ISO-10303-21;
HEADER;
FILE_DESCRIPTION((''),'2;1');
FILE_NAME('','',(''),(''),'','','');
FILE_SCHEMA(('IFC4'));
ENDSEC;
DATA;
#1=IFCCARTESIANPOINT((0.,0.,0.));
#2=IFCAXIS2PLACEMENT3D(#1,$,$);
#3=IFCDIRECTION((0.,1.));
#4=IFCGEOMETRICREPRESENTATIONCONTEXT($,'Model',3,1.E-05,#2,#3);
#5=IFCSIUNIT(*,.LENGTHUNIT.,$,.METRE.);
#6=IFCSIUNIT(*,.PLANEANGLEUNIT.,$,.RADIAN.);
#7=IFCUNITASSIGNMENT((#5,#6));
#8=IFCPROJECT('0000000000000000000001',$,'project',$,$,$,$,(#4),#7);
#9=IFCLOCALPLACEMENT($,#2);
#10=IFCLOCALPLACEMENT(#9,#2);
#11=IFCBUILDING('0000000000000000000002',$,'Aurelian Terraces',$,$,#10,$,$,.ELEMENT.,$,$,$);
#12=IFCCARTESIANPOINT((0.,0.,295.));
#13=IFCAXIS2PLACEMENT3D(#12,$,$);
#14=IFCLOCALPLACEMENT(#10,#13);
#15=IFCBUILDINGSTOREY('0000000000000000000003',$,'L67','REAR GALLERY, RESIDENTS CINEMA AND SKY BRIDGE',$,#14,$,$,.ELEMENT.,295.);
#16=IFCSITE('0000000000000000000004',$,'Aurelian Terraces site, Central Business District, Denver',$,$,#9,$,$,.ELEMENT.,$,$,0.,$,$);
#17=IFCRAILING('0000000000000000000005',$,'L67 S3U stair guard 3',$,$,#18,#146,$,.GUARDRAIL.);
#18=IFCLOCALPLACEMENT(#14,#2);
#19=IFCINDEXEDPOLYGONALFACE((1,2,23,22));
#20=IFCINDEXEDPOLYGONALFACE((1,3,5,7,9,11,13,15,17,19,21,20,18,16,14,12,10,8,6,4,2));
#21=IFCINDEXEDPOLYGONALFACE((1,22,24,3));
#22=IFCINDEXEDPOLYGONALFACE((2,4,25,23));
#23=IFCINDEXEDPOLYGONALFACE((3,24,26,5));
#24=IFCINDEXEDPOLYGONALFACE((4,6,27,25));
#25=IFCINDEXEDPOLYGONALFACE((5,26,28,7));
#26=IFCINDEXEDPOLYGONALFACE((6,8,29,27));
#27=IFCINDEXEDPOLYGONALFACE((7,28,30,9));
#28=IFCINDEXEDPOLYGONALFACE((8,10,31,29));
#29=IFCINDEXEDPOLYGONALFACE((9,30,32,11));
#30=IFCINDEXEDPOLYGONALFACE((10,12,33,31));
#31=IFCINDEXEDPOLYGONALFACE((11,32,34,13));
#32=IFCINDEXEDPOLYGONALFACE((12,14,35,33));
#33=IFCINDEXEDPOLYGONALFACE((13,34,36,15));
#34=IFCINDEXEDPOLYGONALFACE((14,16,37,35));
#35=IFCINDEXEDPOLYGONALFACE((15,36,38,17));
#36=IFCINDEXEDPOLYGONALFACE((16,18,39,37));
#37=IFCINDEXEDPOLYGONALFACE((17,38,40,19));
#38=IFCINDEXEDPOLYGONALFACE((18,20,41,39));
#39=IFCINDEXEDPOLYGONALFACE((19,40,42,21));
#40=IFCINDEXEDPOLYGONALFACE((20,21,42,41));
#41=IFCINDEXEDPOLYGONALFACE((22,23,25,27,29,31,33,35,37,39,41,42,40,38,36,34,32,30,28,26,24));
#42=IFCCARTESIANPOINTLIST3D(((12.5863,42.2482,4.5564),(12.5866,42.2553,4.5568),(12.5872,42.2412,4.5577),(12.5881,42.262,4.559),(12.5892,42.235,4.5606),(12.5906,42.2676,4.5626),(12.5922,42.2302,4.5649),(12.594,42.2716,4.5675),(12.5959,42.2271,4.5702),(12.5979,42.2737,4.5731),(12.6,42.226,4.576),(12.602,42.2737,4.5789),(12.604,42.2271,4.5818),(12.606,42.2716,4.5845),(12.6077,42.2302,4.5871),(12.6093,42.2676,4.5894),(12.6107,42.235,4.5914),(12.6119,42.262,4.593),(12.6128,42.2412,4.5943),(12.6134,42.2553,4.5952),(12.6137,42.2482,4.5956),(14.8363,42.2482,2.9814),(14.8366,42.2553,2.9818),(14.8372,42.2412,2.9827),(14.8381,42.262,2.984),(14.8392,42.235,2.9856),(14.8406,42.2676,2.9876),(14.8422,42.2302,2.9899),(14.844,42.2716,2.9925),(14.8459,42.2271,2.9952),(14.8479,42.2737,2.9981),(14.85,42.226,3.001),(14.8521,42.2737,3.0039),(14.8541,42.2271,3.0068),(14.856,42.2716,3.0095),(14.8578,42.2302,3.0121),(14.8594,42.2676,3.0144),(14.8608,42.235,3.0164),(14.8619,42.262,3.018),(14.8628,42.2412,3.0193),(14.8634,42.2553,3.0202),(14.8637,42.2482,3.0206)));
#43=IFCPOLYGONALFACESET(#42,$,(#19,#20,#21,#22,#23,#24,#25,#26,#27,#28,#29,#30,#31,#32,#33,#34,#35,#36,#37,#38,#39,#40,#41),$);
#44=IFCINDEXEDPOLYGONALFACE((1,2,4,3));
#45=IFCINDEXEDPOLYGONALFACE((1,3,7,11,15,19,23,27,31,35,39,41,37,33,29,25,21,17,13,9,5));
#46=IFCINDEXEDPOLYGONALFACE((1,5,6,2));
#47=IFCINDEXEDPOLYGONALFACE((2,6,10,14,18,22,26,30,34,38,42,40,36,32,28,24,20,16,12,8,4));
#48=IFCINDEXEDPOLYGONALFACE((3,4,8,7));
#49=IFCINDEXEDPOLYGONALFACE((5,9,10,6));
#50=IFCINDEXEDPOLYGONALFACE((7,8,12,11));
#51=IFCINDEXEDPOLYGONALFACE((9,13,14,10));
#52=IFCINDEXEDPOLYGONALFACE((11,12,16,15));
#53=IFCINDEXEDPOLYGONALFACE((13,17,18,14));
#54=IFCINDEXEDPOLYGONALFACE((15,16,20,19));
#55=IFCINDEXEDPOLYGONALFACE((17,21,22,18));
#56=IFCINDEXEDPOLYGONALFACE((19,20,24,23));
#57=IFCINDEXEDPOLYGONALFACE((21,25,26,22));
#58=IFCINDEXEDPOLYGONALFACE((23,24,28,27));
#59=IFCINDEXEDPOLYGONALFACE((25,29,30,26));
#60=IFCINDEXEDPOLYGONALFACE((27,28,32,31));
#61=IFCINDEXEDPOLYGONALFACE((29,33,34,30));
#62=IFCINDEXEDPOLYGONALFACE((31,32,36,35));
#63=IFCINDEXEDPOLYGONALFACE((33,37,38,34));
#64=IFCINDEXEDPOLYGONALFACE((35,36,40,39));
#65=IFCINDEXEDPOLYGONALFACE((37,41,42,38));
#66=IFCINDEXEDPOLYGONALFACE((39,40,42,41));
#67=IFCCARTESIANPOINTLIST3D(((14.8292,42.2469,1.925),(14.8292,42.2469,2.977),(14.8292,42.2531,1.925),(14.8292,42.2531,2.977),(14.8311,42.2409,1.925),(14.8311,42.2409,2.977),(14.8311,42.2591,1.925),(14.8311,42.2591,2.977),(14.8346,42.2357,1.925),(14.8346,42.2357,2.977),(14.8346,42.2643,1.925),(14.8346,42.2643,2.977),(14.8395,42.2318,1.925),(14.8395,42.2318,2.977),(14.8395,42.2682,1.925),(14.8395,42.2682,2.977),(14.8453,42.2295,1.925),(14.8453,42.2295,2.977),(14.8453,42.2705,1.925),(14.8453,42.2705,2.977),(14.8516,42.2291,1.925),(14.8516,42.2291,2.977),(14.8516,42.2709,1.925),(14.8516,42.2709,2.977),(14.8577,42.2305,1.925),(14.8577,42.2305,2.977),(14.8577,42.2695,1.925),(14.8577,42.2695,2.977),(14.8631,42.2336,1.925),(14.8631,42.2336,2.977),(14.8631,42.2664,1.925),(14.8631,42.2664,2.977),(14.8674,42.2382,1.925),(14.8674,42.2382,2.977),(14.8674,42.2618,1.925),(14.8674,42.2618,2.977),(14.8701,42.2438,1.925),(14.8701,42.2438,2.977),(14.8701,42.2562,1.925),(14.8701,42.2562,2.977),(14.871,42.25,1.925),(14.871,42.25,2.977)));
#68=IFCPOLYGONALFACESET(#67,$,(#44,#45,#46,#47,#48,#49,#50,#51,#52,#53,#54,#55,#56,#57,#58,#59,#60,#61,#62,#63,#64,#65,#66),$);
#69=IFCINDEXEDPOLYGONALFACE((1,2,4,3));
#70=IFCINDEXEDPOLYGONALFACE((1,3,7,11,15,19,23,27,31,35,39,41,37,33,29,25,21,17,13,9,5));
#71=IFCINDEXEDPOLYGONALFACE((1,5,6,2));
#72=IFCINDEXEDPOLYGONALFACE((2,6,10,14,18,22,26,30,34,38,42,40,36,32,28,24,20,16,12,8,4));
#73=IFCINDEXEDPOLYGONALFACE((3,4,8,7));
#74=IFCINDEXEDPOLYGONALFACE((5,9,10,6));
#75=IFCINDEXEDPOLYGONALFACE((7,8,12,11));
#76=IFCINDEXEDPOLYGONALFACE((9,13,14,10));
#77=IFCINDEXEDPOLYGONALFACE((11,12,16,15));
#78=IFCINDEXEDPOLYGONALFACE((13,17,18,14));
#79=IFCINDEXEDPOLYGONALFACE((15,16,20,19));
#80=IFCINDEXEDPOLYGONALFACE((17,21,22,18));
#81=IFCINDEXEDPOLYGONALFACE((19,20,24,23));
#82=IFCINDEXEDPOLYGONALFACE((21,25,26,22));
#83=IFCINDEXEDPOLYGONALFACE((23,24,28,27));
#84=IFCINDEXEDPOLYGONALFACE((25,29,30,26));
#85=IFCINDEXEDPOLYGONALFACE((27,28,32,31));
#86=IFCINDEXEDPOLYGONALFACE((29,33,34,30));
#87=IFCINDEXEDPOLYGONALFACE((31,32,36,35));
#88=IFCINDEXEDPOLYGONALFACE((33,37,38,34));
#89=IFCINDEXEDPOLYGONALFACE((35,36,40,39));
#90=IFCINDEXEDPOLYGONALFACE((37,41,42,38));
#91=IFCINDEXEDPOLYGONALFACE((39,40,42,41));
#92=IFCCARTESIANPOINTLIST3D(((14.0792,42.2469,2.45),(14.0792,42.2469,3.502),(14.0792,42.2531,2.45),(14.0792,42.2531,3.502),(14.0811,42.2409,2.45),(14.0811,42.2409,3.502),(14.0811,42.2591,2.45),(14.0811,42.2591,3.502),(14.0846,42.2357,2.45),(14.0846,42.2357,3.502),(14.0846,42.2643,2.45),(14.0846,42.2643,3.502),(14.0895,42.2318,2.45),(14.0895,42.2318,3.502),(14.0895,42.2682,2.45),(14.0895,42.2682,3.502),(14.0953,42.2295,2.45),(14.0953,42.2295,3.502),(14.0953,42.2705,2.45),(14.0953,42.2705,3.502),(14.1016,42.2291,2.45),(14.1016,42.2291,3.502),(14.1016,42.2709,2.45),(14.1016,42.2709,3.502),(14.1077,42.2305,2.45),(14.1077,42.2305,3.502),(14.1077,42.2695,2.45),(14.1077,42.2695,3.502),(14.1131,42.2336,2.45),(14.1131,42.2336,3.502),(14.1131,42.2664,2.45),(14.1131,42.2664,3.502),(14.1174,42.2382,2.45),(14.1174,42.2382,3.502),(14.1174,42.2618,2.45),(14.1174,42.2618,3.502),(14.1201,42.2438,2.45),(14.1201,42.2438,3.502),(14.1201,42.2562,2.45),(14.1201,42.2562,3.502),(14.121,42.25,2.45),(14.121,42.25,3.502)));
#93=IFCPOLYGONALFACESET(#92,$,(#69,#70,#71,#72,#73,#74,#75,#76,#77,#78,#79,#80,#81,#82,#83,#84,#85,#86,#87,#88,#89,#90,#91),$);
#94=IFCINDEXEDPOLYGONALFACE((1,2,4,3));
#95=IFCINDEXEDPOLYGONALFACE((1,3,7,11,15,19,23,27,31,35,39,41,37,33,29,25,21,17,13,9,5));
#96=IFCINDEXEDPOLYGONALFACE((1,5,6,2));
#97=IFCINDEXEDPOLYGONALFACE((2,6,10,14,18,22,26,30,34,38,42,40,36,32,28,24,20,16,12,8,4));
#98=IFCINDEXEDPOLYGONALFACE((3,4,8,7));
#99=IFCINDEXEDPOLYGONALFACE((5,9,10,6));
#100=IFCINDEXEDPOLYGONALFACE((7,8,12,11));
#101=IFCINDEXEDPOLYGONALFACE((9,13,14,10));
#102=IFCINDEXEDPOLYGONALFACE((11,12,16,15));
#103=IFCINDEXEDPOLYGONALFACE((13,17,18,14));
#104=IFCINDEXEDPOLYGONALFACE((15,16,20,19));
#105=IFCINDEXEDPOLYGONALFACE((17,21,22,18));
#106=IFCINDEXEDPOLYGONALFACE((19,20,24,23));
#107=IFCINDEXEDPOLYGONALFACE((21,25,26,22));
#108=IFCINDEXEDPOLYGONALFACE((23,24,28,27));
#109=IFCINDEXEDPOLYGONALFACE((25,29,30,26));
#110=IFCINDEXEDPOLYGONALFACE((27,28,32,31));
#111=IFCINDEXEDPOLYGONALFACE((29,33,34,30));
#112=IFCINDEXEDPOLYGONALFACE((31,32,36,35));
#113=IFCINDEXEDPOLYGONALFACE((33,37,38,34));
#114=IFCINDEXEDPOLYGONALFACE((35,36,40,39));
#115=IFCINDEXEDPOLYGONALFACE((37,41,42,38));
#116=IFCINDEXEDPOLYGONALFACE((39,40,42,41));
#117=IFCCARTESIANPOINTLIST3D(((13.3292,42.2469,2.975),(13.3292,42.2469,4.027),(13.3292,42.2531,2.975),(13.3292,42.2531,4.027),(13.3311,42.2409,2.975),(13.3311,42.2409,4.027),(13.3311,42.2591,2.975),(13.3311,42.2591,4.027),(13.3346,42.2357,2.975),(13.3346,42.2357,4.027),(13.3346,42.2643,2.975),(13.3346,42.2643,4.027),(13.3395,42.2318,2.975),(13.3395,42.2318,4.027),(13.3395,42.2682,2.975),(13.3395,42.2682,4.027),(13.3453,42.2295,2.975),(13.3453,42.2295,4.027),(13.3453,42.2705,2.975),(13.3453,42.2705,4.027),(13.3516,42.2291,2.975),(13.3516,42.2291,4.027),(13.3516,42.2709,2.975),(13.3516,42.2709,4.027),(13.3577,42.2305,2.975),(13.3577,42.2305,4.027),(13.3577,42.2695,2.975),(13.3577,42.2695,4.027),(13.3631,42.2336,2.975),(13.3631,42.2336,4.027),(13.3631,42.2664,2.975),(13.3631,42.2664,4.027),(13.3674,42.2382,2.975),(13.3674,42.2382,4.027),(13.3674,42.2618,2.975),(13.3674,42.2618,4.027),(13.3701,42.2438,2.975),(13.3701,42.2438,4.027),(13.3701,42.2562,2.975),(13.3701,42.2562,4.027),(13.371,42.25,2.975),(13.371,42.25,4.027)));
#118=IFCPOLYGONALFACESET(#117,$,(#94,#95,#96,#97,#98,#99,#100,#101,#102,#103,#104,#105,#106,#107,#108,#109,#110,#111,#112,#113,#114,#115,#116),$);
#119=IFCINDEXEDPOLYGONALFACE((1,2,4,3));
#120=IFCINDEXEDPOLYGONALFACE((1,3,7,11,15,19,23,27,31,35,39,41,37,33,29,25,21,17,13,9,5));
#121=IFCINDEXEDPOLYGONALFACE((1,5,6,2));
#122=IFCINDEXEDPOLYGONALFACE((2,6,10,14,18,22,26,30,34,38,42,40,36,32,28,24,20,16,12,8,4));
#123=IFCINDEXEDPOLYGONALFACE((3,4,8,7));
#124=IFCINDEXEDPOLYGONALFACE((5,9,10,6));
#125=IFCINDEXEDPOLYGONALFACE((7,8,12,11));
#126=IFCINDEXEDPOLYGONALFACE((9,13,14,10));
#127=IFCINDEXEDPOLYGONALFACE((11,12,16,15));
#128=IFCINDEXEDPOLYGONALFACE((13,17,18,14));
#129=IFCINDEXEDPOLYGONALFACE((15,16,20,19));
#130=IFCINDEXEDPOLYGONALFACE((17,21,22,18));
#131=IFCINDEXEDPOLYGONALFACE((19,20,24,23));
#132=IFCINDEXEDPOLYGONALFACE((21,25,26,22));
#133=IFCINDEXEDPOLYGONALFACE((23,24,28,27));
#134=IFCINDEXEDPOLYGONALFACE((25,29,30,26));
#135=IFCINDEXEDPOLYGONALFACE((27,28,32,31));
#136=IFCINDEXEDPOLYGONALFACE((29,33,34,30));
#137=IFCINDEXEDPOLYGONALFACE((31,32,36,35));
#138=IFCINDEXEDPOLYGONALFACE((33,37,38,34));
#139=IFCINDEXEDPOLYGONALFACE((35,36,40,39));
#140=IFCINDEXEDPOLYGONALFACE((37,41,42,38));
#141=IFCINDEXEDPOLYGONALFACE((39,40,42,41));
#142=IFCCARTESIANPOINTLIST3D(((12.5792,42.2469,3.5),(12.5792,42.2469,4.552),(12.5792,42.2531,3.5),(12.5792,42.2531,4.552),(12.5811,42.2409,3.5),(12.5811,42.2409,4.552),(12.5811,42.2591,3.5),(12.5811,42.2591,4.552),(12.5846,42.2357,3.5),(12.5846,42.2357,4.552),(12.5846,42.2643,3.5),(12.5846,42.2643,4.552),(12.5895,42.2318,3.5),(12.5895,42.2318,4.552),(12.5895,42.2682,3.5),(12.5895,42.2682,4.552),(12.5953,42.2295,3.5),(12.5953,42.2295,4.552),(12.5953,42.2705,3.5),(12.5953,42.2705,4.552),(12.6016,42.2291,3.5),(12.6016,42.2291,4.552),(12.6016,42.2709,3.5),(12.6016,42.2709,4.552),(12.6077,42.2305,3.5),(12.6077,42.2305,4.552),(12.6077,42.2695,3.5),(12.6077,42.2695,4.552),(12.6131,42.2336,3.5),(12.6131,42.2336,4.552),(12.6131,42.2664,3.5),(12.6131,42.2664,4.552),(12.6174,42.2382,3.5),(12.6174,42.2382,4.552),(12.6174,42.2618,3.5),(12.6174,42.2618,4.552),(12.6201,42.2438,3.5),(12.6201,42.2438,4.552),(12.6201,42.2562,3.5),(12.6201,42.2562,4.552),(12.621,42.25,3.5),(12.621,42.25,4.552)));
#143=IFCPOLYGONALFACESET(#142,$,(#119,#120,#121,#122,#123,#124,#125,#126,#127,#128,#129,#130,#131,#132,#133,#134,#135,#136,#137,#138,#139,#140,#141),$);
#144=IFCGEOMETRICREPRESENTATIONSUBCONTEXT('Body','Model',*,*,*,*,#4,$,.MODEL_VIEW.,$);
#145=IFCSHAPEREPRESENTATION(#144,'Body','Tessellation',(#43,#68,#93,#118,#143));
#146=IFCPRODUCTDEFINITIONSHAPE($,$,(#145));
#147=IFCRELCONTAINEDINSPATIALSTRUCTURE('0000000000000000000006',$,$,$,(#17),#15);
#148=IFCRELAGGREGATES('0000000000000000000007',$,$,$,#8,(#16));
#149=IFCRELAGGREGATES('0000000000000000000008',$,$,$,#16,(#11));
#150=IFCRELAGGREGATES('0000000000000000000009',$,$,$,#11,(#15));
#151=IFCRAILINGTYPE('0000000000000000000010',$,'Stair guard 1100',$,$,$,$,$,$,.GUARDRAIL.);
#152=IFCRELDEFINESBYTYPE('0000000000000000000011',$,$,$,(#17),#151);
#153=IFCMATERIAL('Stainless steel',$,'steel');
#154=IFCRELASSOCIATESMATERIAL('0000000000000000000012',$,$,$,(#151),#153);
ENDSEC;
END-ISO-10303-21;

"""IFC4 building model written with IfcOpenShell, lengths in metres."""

from ifc_helpers import new_model, si_unit, direction, frame, origin, origin_2d, place, context, subcontext, project, spatial, circle, extrude, source, transform, mapped, material, type_object, element, save


model = new_model("IFC4")

# Units and contexts
model_context = context("Model", 3, precision=1e-05, world=origin(), true_north=direction((0.0, 1.0)))
body_context = subcontext(model_context, "Body", "Model", "MODEL_VIEW")
ifc_project = project(units=[si_unit("LENGTHUNIT", "METRE"), si_unit("PLANEANGLEUNIT", "RADIAN")], contexts=[model_context])

# Site, building, storey
site_placement = place(None, origin())
site = spatial("IfcSite", under=ifc_project, at=site_placement, Name="Aurelian Terraces site, Central Business District, Denver", CompositionType="ELEMENT", RefElevation=0.0)
building_placement = place(site_placement, origin())
building = spatial("IfcBuilding", under=site, at=building_placement, Name="Aurelian Terraces", CompositionType="ELEMENT")
storey_placement = place(building_placement, frame((0.0, 0.0, 295.0)))
storey = spatial("IfcBuildingStorey", under=building, at=storey_placement, Name="L67", Description="REAR GALLERY, RESIDENTS CINEMA AND SKY BRIDGE", CompositionType="ELEMENT", Elevation=295.0)

# Railing
ifc_material_1 = material(Name="Stainless steel", Category="steel")
railing_type_1 = type_object("IfcRailingType", Name="Stair guard 1100", PredefinedType="GUARDRAIL", material=ifc_material_1)
shared_shape_1 = source(origin(), body_context, "Body", "SweptSolid", [
    extrude(circle(Radius=0.024, at=origin_2d()), frame((0.0, 0.0, 1.076), z_axis=(-0.819232, 0.0, 0.573462), x_axis=(0.0, -1.0, 0.0)), (0.0, 0.0, 1.0), 2.7465),
    extrude(circle(Radius=0.021, at=origin_2d()), origin(), (0.0, 0.0, 1.0), 1.052),
    extrude(circle(Radius=0.021, at=origin_2d()), frame((-0.75, 0.0, 0.525)), (0.0, 0.0, 1.0), 1.052),
    extrude(circle(Radius=0.021, at=origin_2d()), frame((-1.5, 0.0, 1.05)), (0.0, 0.0, 1.0), 1.052),
    extrude(circle(Radius=0.021, at=origin_2d()), frame((-2.25, 0.0, 1.575)), (0.0, 0.0, 1.0), 1.052),
])
railing_1_placement = place(storey_placement, frame((14.85, 42.25, 1.925)))
element("IfcRailing", 1, at=railing_1_placement, inside=storey, type_object=railing_type_1, Name="L67 S3U stair guard 3", PredefinedType="GUARDRAIL", context=body_context, shape_type="MappedRepresentation", body=[
    mapped(shared_shape_1, transform((0.0, 0.0, 0.0), scale=1.0)),
])

save(model, "model.ifc")
